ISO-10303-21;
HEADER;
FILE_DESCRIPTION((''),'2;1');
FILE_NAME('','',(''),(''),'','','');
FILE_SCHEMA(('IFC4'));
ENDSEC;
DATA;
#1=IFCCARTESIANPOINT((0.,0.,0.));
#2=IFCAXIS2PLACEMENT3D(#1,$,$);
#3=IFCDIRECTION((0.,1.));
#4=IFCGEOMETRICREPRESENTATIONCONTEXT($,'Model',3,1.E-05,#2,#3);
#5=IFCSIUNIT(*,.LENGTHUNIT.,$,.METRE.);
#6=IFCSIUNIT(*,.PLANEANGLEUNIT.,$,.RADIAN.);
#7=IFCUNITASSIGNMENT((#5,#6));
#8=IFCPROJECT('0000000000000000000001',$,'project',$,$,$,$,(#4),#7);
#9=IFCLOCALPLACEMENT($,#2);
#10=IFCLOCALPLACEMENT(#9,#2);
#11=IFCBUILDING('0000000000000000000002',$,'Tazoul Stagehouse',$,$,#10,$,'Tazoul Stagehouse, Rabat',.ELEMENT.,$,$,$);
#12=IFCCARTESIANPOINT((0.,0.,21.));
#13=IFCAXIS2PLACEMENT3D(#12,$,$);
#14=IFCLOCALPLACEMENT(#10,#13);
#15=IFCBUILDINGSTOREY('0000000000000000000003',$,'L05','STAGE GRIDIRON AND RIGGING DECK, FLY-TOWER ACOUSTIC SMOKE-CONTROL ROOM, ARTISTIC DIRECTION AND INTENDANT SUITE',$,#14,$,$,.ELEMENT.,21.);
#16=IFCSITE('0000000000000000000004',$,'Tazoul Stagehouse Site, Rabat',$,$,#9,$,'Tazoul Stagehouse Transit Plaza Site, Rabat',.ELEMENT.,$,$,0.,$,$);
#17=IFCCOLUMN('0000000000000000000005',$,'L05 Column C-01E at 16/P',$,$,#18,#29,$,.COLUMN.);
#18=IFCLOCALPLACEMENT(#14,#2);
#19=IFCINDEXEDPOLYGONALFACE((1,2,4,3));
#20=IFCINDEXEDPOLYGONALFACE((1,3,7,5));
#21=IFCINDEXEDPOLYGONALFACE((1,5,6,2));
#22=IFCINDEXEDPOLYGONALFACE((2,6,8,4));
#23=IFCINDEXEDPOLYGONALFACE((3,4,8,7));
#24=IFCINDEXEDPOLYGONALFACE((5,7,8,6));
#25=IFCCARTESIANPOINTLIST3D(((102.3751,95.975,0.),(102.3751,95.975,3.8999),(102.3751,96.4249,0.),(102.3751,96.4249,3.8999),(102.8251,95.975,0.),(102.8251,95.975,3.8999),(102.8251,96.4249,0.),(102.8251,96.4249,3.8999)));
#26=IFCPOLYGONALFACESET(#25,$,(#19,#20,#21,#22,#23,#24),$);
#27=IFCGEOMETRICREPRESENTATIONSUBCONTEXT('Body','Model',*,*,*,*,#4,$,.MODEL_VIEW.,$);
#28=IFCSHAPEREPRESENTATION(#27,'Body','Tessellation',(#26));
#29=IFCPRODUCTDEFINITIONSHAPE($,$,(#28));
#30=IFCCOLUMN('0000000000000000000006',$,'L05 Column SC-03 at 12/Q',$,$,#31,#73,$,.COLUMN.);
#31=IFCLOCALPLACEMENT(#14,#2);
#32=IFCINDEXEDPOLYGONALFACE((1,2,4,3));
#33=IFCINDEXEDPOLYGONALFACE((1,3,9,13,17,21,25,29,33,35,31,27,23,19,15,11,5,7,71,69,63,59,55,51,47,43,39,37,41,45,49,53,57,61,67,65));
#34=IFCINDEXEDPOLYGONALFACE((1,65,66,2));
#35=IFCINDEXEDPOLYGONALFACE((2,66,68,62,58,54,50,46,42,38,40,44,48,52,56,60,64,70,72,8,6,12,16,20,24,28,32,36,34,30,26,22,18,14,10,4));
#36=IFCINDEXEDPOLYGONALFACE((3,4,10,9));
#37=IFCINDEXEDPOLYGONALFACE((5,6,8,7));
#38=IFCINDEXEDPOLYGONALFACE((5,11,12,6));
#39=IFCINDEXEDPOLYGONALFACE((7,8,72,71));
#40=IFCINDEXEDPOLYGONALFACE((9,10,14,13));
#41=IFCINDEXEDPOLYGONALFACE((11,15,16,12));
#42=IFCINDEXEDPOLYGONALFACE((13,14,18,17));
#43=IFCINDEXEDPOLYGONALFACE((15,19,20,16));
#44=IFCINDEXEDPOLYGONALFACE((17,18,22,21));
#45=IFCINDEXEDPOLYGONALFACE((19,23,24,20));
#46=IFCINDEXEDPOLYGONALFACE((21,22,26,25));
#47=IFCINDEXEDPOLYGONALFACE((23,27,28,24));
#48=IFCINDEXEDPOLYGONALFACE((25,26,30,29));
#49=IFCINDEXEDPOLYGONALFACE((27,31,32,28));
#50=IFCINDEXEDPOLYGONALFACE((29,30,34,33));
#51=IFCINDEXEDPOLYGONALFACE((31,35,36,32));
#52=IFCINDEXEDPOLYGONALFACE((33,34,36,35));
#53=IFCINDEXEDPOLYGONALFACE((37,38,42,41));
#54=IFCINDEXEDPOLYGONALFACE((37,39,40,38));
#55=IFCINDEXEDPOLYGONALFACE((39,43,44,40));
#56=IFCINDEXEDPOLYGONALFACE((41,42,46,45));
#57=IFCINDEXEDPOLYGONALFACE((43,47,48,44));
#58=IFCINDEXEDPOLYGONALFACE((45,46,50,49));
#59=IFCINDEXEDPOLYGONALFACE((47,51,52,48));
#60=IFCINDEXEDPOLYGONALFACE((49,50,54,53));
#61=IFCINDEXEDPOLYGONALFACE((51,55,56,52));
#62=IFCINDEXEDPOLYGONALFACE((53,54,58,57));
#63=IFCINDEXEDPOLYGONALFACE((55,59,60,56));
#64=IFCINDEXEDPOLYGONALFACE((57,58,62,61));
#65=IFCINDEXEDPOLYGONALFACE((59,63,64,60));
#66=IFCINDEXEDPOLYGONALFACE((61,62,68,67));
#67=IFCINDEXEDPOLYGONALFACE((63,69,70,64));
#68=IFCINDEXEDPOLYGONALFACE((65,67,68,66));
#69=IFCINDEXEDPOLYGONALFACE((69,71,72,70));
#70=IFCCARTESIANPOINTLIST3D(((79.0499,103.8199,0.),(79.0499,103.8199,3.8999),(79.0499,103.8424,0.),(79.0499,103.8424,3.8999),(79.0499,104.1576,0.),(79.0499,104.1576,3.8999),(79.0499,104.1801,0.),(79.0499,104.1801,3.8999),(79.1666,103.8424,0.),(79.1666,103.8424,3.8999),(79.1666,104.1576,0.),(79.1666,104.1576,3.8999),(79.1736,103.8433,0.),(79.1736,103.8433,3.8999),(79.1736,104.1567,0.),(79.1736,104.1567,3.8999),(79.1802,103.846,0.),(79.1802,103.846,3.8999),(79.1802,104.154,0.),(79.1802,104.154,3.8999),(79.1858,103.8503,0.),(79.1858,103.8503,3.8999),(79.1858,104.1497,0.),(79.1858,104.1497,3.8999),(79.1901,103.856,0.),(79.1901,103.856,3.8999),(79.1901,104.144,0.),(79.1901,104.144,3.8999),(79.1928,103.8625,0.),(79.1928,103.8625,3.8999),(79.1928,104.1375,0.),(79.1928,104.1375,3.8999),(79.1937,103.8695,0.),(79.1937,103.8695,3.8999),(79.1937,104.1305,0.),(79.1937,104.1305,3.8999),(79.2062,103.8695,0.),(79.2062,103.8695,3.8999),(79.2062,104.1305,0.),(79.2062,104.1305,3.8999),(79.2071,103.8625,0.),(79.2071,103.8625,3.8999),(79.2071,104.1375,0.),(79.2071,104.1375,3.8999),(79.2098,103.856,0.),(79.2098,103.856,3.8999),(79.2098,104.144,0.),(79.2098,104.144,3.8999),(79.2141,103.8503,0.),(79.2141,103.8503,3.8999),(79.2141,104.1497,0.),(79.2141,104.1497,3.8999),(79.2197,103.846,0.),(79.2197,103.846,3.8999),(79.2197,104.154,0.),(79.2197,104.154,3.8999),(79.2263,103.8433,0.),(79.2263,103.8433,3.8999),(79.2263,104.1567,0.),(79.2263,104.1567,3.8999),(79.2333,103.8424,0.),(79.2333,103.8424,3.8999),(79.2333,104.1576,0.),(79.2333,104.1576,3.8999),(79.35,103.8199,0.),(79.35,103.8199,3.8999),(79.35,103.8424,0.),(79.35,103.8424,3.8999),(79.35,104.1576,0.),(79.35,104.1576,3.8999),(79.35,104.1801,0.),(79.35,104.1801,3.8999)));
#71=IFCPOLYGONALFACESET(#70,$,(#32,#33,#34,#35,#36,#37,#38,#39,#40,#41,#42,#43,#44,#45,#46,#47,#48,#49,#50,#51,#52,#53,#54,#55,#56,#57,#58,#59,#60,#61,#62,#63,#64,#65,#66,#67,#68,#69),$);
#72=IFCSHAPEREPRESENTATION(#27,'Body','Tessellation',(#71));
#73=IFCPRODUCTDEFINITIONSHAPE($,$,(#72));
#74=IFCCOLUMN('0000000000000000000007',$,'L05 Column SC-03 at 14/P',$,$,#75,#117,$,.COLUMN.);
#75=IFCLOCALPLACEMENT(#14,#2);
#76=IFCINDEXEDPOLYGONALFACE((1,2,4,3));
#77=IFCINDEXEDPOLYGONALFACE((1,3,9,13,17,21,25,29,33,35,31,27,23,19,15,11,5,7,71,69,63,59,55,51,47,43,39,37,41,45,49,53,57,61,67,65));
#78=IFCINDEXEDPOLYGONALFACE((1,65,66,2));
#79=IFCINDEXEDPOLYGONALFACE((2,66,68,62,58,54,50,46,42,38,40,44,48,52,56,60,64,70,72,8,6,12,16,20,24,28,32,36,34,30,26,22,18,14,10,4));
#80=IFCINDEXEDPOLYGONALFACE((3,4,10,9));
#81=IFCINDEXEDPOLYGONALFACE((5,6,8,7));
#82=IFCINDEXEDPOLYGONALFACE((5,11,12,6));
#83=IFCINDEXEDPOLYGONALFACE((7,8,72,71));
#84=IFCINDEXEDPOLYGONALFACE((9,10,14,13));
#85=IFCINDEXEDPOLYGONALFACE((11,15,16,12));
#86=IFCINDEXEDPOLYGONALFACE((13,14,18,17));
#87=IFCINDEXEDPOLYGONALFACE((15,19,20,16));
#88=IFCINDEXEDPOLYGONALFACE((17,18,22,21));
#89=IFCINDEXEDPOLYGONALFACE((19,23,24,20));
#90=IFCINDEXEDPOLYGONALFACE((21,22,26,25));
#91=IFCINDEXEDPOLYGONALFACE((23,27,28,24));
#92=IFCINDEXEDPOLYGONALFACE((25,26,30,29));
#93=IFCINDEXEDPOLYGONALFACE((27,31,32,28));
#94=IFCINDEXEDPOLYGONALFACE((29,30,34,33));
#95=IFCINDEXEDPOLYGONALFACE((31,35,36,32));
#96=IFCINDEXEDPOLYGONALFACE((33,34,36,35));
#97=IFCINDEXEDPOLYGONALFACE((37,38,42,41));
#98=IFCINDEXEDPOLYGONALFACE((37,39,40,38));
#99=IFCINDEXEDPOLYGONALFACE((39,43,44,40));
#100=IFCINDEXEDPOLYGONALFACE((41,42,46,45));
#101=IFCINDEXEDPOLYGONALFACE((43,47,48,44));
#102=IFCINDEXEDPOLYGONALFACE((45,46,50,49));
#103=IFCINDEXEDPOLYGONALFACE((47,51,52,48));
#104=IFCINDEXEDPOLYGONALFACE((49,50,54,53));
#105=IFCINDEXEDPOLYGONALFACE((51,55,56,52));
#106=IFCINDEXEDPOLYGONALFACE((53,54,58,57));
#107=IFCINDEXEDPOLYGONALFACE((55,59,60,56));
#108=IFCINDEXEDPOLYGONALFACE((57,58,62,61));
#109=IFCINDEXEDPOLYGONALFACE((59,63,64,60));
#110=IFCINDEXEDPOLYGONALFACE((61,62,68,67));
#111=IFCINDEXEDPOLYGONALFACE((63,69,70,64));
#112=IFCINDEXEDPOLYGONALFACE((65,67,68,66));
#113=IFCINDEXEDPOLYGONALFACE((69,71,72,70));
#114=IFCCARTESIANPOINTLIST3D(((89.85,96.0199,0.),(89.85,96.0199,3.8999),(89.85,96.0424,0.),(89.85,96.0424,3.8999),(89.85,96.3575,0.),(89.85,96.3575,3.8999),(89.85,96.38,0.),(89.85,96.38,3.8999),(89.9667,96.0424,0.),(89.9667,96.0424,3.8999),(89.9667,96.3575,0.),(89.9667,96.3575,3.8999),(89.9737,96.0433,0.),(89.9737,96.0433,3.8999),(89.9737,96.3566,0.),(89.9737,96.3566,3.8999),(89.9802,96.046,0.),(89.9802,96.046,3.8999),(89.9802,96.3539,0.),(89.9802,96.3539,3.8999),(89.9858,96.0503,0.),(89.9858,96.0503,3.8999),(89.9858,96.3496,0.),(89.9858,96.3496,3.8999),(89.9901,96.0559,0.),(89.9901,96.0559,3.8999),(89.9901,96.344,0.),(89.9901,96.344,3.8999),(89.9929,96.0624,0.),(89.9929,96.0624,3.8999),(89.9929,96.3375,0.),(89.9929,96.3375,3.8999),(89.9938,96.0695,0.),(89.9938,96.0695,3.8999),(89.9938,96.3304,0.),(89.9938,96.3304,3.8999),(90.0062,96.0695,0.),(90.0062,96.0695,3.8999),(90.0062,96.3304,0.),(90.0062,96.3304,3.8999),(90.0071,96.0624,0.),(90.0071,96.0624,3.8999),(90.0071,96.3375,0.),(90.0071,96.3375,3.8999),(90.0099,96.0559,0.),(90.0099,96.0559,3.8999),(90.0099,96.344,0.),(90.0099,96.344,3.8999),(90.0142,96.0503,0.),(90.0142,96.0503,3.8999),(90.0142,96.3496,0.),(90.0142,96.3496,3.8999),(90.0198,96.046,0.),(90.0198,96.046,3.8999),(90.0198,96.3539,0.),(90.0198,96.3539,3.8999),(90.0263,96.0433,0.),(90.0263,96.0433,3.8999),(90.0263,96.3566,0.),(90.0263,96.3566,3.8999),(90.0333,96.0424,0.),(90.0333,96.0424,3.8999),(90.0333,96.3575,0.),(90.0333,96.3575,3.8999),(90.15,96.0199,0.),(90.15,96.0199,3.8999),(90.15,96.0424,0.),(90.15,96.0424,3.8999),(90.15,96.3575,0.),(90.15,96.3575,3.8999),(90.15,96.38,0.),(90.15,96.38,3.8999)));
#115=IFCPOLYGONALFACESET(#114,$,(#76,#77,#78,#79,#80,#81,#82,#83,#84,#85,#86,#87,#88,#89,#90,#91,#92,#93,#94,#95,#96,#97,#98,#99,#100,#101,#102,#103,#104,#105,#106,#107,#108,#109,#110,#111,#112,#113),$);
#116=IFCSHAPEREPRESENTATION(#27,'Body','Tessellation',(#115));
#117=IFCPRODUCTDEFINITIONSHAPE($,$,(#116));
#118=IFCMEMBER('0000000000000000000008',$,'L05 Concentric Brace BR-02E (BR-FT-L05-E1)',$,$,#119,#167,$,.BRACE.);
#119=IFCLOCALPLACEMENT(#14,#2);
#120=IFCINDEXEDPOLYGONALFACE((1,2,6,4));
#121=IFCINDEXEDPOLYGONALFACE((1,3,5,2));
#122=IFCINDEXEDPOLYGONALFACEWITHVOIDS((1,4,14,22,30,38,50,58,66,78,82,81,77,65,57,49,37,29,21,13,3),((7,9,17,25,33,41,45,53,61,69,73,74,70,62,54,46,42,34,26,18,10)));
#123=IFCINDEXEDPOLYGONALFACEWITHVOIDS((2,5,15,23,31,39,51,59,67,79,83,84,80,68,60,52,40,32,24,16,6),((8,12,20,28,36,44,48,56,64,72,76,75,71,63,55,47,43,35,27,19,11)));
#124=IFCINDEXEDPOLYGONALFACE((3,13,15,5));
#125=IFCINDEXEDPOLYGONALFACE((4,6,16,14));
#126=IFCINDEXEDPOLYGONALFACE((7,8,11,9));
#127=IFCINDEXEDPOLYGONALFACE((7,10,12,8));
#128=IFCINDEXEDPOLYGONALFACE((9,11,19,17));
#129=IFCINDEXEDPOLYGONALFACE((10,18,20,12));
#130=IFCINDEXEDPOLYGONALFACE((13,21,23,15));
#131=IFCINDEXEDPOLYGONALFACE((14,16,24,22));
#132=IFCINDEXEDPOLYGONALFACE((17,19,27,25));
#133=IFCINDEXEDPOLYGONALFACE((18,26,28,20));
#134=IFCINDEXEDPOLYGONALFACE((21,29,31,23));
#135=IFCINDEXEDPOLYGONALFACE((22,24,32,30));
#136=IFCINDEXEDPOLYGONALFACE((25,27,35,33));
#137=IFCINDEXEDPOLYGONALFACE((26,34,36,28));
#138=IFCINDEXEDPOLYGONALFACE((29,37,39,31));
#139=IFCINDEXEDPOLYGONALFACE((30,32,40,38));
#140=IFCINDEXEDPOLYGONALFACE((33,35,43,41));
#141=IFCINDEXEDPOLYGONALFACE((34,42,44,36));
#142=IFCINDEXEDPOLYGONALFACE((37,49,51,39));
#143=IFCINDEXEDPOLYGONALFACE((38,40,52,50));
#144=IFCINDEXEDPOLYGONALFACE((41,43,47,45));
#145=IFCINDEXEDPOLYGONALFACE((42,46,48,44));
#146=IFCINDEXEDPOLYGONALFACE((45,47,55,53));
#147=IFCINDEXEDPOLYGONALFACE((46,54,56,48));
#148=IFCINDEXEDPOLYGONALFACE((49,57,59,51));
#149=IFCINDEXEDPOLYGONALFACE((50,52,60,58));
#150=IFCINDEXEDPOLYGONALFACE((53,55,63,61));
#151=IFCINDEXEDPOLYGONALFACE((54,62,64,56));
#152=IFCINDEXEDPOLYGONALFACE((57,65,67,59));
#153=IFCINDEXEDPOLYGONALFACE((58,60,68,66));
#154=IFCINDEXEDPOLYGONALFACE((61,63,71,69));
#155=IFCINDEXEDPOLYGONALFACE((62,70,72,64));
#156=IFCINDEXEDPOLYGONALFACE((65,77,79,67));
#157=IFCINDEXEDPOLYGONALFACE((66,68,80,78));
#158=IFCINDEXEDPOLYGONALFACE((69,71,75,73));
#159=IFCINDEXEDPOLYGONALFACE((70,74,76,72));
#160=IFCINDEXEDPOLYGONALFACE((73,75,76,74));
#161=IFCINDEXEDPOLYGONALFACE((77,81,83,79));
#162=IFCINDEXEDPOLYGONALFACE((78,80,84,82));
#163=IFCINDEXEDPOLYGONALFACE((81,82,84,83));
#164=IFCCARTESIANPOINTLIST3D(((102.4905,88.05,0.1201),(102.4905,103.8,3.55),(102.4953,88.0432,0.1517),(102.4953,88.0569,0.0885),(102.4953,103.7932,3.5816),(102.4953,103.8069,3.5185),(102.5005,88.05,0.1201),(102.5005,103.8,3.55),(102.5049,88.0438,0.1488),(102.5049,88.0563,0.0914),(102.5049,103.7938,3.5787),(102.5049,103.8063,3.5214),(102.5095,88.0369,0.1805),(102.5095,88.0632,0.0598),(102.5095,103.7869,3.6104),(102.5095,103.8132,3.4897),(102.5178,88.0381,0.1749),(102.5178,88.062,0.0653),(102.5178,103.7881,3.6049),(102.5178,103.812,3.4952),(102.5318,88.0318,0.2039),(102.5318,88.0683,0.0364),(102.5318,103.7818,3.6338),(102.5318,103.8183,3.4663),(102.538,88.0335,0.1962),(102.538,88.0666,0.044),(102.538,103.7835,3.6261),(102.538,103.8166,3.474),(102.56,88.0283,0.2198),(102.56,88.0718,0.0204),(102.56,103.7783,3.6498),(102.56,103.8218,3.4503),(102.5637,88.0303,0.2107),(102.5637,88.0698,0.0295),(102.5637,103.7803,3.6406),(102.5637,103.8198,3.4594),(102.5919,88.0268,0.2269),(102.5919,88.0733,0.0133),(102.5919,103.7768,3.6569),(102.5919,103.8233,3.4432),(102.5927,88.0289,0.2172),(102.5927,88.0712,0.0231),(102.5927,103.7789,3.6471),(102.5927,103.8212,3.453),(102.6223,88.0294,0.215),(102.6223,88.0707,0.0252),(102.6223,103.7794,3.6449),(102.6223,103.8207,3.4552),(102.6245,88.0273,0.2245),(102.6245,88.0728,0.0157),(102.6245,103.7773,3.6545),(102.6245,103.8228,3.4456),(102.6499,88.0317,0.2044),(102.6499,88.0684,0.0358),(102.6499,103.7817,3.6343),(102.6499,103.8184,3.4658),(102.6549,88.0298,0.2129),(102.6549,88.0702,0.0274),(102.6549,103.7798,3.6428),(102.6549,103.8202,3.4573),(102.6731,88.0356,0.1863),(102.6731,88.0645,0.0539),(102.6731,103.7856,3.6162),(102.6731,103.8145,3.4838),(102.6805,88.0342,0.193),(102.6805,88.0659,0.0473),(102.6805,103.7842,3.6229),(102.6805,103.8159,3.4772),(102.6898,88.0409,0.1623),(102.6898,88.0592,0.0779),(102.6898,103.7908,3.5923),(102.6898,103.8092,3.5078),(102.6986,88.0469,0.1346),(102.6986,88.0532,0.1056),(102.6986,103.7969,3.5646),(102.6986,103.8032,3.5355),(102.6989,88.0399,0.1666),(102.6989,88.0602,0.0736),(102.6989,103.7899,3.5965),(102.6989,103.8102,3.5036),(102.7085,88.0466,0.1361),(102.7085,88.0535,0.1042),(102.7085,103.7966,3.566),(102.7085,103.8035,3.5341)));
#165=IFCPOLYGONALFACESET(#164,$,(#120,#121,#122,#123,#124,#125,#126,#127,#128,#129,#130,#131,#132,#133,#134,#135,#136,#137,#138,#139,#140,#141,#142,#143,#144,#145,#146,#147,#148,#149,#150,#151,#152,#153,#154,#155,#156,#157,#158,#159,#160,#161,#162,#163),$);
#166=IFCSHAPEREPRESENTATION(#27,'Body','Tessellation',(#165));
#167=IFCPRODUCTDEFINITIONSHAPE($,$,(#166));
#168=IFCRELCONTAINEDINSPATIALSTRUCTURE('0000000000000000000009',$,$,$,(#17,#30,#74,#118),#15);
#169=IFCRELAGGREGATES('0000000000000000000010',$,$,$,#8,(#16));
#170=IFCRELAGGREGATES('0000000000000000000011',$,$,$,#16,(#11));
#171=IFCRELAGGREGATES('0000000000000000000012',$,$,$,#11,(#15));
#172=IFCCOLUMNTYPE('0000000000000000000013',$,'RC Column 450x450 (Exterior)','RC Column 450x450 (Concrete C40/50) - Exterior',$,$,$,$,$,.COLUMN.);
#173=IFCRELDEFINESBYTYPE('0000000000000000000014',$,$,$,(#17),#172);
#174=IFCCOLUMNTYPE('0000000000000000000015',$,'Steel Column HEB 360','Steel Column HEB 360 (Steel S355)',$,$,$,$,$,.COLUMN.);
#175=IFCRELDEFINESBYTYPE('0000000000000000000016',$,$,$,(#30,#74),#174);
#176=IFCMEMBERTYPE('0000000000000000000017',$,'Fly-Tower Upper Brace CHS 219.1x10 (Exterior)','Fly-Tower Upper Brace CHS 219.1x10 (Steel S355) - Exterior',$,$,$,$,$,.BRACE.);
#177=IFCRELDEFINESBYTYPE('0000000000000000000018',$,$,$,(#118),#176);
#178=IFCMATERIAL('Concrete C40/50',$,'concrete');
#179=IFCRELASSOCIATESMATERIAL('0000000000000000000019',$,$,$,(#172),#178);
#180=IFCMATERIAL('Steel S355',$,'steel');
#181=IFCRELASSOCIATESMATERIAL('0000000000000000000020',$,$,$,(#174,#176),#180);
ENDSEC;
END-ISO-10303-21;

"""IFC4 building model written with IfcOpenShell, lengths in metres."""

from ifc_helpers import new_model, si_unit, direction, frame, origin, origin_2d, place, context, subcontext, project, spatial, rectangle, hollow_circle, i_section, extrude, material, material_profile, profile_set, type_object, element, save


model = new_model("IFC4")

# Units and contexts
model_context = context("Model", 3, precision=1e-05, world=origin(), true_north=direction((0.0, 1.0)))
body_context = subcontext(model_context, "Body", "Model", "MODEL_VIEW")
ifc_project = project(units=[si_unit("LENGTHUNIT", "METRE"), si_unit("PLANEANGLEUNIT", "RADIAN")], contexts=[model_context])

# Site, building, storey
site_placement = place(None, origin())
site = spatial("IfcSite", under=ifc_project, at=site_placement, Name="Tazoul Stagehouse Site, Rabat", LongName="Tazoul Stagehouse Transit Plaza Site, Rabat", CompositionType="ELEMENT", RefElevation=0.0)
building_placement = place(site_placement, origin())
building = spatial("IfcBuilding", under=site, at=building_placement, Name="Tazoul Stagehouse", LongName="Tazoul Stagehouse, Rabat", CompositionType="ELEMENT")
storey_placement = place(building_placement, frame((0.0, 0.0, 21.0)))
storey = spatial("IfcBuildingStorey", under=building, at=storey_placement, Name="L05", Description="STAGE GRIDIRON AND RIGGING DECK, FLY-TOWER ACOUSTIC SMOKE-CONTROL ROOM, ARTISTIC DIRECTION AND INTENDANT SUITE", CompositionType="ELEMENT", Elevation=21.0)

# Columns
ifc_material_1 = material(Name="Concrete C40/50", Category="concrete")
ifc_material_profile_1 = material_profile(ifc_material_1, rectangle(XDim=0.45, YDim=0.45, at=origin_2d()), Name="RC 450x450")
ifc_profile_set_1 = profile_set([ifc_material_profile_1], Name="Concrete C40/50")
column_type_1 = type_object("IfcColumnType", Name="RC Column 450x450 (Exterior)", Description="RC Column 450x450 (Concrete C40/50) - Exterior", PredefinedType="COLUMN", material=ifc_profile_set_1)
column_placement = place(storey_placement, frame((102.6001, 96.2, 0.0), z_axis=(0.0, 0.0, 1.0), x_axis=(1.0, 0.0, 0.0)))
element("IfcColumn", 1, at=column_placement, inside=storey, type_object=column_type_1, Name="L05 Column C-01E at 16/P", PredefinedType="COLUMN", context=body_context, shape_type="SweptSolid", body=[
    extrude(rectangle(XDim=0.45, YDim=0.45, at=origin_2d()), origin(), (0.0, 0.0, 1.0), 3.8999),
])
ifc_material_2 = material(Name="Steel S355", Category="steel")
ifc_material_profile_2 = material_profile(ifc_material_2, i_section(OverallWidth=0.3, OverallDepth=0.3601, WebThickness=0.0125, FlangeThickness=0.0225, FilletRadius=0.0271, at=origin_2d()), Name="HEB 360")
ifc_profile_set_2 = profile_set([ifc_material_profile_2], Name="Steel S355")
column_type_2 = type_object("IfcColumnType", Name="Steel Column HEB 360", Description="Steel Column HEB 360 (Steel S355)", PredefinedType="COLUMN", material=ifc_profile_set_2)
for number, where, z_axis, x_axis, name in (
    (2, (79.2, 104.0, 0.0), (0.0, 0.0, 1.0), (1.0, 0.0, 0.0), "L05 Column SC-03 at 12/Q"),
    (3, (90.0, 96.2, 0.0), (0.0, 0.0, 1.0), (1.0, 0.0, 0.0), "L05 Column SC-03 at 14/P"),
):
    element("IfcColumn", number, at=place(storey_placement, frame(where, z_axis=z_axis, x_axis=x_axis)), inside=storey, type_object=column_type_2, Name=name, PredefinedType="COLUMN", context=body_context, shape_type="SweptSolid", body=[
        extrude(i_section(OverallWidth=0.3, OverallDepth=0.3601, WebThickness=0.0125, FlangeThickness=0.0225, FilletRadius=0.0271, at=origin_2d()), origin(), (0.0, 0.0, 1.0), 3.8999),
    ])

# Member
ifc_material_profile_3 = material_profile(ifc_material_2, hollow_circle(Radius=0.1096, WallThickness=0.01, at=origin_2d()), Name="CHS 219.1x10")
ifc_profile_set_3 = profile_set([ifc_material_profile_3], Name="Steel S355")
member_type = type_object("IfcMemberType", Name="Fly-Tower Upper Brace CHS 219.1x10 (Exterior)", Description="Fly-Tower Upper Brace CHS 219.1x10 (Steel S355) - Exterior", PredefinedType="BRACE", material=ifc_profile_set_3)
member_placement = place(storey_placement, frame((102.6001, 88.05, 0.1201), z_axis=(0.0, 0.977099, 0.212786), x_axis=(-1.0, 0.0, 0.0)))
element("IfcMember", 4, at=member_placement, inside=storey, type_object=member_type, Name="L05 Concentric Brace BR-02E (BR-FT-L05-E1)", PredefinedType="BRACE", context=body_context, shape_type="SweptSolid", body=[
    extrude(hollow_circle(Radius=0.1096, WallThickness=0.01, at=origin_2d()), origin(), (0.0, 0.0, 1.0), 16.1191),
])

save(model, "model.ifc")
